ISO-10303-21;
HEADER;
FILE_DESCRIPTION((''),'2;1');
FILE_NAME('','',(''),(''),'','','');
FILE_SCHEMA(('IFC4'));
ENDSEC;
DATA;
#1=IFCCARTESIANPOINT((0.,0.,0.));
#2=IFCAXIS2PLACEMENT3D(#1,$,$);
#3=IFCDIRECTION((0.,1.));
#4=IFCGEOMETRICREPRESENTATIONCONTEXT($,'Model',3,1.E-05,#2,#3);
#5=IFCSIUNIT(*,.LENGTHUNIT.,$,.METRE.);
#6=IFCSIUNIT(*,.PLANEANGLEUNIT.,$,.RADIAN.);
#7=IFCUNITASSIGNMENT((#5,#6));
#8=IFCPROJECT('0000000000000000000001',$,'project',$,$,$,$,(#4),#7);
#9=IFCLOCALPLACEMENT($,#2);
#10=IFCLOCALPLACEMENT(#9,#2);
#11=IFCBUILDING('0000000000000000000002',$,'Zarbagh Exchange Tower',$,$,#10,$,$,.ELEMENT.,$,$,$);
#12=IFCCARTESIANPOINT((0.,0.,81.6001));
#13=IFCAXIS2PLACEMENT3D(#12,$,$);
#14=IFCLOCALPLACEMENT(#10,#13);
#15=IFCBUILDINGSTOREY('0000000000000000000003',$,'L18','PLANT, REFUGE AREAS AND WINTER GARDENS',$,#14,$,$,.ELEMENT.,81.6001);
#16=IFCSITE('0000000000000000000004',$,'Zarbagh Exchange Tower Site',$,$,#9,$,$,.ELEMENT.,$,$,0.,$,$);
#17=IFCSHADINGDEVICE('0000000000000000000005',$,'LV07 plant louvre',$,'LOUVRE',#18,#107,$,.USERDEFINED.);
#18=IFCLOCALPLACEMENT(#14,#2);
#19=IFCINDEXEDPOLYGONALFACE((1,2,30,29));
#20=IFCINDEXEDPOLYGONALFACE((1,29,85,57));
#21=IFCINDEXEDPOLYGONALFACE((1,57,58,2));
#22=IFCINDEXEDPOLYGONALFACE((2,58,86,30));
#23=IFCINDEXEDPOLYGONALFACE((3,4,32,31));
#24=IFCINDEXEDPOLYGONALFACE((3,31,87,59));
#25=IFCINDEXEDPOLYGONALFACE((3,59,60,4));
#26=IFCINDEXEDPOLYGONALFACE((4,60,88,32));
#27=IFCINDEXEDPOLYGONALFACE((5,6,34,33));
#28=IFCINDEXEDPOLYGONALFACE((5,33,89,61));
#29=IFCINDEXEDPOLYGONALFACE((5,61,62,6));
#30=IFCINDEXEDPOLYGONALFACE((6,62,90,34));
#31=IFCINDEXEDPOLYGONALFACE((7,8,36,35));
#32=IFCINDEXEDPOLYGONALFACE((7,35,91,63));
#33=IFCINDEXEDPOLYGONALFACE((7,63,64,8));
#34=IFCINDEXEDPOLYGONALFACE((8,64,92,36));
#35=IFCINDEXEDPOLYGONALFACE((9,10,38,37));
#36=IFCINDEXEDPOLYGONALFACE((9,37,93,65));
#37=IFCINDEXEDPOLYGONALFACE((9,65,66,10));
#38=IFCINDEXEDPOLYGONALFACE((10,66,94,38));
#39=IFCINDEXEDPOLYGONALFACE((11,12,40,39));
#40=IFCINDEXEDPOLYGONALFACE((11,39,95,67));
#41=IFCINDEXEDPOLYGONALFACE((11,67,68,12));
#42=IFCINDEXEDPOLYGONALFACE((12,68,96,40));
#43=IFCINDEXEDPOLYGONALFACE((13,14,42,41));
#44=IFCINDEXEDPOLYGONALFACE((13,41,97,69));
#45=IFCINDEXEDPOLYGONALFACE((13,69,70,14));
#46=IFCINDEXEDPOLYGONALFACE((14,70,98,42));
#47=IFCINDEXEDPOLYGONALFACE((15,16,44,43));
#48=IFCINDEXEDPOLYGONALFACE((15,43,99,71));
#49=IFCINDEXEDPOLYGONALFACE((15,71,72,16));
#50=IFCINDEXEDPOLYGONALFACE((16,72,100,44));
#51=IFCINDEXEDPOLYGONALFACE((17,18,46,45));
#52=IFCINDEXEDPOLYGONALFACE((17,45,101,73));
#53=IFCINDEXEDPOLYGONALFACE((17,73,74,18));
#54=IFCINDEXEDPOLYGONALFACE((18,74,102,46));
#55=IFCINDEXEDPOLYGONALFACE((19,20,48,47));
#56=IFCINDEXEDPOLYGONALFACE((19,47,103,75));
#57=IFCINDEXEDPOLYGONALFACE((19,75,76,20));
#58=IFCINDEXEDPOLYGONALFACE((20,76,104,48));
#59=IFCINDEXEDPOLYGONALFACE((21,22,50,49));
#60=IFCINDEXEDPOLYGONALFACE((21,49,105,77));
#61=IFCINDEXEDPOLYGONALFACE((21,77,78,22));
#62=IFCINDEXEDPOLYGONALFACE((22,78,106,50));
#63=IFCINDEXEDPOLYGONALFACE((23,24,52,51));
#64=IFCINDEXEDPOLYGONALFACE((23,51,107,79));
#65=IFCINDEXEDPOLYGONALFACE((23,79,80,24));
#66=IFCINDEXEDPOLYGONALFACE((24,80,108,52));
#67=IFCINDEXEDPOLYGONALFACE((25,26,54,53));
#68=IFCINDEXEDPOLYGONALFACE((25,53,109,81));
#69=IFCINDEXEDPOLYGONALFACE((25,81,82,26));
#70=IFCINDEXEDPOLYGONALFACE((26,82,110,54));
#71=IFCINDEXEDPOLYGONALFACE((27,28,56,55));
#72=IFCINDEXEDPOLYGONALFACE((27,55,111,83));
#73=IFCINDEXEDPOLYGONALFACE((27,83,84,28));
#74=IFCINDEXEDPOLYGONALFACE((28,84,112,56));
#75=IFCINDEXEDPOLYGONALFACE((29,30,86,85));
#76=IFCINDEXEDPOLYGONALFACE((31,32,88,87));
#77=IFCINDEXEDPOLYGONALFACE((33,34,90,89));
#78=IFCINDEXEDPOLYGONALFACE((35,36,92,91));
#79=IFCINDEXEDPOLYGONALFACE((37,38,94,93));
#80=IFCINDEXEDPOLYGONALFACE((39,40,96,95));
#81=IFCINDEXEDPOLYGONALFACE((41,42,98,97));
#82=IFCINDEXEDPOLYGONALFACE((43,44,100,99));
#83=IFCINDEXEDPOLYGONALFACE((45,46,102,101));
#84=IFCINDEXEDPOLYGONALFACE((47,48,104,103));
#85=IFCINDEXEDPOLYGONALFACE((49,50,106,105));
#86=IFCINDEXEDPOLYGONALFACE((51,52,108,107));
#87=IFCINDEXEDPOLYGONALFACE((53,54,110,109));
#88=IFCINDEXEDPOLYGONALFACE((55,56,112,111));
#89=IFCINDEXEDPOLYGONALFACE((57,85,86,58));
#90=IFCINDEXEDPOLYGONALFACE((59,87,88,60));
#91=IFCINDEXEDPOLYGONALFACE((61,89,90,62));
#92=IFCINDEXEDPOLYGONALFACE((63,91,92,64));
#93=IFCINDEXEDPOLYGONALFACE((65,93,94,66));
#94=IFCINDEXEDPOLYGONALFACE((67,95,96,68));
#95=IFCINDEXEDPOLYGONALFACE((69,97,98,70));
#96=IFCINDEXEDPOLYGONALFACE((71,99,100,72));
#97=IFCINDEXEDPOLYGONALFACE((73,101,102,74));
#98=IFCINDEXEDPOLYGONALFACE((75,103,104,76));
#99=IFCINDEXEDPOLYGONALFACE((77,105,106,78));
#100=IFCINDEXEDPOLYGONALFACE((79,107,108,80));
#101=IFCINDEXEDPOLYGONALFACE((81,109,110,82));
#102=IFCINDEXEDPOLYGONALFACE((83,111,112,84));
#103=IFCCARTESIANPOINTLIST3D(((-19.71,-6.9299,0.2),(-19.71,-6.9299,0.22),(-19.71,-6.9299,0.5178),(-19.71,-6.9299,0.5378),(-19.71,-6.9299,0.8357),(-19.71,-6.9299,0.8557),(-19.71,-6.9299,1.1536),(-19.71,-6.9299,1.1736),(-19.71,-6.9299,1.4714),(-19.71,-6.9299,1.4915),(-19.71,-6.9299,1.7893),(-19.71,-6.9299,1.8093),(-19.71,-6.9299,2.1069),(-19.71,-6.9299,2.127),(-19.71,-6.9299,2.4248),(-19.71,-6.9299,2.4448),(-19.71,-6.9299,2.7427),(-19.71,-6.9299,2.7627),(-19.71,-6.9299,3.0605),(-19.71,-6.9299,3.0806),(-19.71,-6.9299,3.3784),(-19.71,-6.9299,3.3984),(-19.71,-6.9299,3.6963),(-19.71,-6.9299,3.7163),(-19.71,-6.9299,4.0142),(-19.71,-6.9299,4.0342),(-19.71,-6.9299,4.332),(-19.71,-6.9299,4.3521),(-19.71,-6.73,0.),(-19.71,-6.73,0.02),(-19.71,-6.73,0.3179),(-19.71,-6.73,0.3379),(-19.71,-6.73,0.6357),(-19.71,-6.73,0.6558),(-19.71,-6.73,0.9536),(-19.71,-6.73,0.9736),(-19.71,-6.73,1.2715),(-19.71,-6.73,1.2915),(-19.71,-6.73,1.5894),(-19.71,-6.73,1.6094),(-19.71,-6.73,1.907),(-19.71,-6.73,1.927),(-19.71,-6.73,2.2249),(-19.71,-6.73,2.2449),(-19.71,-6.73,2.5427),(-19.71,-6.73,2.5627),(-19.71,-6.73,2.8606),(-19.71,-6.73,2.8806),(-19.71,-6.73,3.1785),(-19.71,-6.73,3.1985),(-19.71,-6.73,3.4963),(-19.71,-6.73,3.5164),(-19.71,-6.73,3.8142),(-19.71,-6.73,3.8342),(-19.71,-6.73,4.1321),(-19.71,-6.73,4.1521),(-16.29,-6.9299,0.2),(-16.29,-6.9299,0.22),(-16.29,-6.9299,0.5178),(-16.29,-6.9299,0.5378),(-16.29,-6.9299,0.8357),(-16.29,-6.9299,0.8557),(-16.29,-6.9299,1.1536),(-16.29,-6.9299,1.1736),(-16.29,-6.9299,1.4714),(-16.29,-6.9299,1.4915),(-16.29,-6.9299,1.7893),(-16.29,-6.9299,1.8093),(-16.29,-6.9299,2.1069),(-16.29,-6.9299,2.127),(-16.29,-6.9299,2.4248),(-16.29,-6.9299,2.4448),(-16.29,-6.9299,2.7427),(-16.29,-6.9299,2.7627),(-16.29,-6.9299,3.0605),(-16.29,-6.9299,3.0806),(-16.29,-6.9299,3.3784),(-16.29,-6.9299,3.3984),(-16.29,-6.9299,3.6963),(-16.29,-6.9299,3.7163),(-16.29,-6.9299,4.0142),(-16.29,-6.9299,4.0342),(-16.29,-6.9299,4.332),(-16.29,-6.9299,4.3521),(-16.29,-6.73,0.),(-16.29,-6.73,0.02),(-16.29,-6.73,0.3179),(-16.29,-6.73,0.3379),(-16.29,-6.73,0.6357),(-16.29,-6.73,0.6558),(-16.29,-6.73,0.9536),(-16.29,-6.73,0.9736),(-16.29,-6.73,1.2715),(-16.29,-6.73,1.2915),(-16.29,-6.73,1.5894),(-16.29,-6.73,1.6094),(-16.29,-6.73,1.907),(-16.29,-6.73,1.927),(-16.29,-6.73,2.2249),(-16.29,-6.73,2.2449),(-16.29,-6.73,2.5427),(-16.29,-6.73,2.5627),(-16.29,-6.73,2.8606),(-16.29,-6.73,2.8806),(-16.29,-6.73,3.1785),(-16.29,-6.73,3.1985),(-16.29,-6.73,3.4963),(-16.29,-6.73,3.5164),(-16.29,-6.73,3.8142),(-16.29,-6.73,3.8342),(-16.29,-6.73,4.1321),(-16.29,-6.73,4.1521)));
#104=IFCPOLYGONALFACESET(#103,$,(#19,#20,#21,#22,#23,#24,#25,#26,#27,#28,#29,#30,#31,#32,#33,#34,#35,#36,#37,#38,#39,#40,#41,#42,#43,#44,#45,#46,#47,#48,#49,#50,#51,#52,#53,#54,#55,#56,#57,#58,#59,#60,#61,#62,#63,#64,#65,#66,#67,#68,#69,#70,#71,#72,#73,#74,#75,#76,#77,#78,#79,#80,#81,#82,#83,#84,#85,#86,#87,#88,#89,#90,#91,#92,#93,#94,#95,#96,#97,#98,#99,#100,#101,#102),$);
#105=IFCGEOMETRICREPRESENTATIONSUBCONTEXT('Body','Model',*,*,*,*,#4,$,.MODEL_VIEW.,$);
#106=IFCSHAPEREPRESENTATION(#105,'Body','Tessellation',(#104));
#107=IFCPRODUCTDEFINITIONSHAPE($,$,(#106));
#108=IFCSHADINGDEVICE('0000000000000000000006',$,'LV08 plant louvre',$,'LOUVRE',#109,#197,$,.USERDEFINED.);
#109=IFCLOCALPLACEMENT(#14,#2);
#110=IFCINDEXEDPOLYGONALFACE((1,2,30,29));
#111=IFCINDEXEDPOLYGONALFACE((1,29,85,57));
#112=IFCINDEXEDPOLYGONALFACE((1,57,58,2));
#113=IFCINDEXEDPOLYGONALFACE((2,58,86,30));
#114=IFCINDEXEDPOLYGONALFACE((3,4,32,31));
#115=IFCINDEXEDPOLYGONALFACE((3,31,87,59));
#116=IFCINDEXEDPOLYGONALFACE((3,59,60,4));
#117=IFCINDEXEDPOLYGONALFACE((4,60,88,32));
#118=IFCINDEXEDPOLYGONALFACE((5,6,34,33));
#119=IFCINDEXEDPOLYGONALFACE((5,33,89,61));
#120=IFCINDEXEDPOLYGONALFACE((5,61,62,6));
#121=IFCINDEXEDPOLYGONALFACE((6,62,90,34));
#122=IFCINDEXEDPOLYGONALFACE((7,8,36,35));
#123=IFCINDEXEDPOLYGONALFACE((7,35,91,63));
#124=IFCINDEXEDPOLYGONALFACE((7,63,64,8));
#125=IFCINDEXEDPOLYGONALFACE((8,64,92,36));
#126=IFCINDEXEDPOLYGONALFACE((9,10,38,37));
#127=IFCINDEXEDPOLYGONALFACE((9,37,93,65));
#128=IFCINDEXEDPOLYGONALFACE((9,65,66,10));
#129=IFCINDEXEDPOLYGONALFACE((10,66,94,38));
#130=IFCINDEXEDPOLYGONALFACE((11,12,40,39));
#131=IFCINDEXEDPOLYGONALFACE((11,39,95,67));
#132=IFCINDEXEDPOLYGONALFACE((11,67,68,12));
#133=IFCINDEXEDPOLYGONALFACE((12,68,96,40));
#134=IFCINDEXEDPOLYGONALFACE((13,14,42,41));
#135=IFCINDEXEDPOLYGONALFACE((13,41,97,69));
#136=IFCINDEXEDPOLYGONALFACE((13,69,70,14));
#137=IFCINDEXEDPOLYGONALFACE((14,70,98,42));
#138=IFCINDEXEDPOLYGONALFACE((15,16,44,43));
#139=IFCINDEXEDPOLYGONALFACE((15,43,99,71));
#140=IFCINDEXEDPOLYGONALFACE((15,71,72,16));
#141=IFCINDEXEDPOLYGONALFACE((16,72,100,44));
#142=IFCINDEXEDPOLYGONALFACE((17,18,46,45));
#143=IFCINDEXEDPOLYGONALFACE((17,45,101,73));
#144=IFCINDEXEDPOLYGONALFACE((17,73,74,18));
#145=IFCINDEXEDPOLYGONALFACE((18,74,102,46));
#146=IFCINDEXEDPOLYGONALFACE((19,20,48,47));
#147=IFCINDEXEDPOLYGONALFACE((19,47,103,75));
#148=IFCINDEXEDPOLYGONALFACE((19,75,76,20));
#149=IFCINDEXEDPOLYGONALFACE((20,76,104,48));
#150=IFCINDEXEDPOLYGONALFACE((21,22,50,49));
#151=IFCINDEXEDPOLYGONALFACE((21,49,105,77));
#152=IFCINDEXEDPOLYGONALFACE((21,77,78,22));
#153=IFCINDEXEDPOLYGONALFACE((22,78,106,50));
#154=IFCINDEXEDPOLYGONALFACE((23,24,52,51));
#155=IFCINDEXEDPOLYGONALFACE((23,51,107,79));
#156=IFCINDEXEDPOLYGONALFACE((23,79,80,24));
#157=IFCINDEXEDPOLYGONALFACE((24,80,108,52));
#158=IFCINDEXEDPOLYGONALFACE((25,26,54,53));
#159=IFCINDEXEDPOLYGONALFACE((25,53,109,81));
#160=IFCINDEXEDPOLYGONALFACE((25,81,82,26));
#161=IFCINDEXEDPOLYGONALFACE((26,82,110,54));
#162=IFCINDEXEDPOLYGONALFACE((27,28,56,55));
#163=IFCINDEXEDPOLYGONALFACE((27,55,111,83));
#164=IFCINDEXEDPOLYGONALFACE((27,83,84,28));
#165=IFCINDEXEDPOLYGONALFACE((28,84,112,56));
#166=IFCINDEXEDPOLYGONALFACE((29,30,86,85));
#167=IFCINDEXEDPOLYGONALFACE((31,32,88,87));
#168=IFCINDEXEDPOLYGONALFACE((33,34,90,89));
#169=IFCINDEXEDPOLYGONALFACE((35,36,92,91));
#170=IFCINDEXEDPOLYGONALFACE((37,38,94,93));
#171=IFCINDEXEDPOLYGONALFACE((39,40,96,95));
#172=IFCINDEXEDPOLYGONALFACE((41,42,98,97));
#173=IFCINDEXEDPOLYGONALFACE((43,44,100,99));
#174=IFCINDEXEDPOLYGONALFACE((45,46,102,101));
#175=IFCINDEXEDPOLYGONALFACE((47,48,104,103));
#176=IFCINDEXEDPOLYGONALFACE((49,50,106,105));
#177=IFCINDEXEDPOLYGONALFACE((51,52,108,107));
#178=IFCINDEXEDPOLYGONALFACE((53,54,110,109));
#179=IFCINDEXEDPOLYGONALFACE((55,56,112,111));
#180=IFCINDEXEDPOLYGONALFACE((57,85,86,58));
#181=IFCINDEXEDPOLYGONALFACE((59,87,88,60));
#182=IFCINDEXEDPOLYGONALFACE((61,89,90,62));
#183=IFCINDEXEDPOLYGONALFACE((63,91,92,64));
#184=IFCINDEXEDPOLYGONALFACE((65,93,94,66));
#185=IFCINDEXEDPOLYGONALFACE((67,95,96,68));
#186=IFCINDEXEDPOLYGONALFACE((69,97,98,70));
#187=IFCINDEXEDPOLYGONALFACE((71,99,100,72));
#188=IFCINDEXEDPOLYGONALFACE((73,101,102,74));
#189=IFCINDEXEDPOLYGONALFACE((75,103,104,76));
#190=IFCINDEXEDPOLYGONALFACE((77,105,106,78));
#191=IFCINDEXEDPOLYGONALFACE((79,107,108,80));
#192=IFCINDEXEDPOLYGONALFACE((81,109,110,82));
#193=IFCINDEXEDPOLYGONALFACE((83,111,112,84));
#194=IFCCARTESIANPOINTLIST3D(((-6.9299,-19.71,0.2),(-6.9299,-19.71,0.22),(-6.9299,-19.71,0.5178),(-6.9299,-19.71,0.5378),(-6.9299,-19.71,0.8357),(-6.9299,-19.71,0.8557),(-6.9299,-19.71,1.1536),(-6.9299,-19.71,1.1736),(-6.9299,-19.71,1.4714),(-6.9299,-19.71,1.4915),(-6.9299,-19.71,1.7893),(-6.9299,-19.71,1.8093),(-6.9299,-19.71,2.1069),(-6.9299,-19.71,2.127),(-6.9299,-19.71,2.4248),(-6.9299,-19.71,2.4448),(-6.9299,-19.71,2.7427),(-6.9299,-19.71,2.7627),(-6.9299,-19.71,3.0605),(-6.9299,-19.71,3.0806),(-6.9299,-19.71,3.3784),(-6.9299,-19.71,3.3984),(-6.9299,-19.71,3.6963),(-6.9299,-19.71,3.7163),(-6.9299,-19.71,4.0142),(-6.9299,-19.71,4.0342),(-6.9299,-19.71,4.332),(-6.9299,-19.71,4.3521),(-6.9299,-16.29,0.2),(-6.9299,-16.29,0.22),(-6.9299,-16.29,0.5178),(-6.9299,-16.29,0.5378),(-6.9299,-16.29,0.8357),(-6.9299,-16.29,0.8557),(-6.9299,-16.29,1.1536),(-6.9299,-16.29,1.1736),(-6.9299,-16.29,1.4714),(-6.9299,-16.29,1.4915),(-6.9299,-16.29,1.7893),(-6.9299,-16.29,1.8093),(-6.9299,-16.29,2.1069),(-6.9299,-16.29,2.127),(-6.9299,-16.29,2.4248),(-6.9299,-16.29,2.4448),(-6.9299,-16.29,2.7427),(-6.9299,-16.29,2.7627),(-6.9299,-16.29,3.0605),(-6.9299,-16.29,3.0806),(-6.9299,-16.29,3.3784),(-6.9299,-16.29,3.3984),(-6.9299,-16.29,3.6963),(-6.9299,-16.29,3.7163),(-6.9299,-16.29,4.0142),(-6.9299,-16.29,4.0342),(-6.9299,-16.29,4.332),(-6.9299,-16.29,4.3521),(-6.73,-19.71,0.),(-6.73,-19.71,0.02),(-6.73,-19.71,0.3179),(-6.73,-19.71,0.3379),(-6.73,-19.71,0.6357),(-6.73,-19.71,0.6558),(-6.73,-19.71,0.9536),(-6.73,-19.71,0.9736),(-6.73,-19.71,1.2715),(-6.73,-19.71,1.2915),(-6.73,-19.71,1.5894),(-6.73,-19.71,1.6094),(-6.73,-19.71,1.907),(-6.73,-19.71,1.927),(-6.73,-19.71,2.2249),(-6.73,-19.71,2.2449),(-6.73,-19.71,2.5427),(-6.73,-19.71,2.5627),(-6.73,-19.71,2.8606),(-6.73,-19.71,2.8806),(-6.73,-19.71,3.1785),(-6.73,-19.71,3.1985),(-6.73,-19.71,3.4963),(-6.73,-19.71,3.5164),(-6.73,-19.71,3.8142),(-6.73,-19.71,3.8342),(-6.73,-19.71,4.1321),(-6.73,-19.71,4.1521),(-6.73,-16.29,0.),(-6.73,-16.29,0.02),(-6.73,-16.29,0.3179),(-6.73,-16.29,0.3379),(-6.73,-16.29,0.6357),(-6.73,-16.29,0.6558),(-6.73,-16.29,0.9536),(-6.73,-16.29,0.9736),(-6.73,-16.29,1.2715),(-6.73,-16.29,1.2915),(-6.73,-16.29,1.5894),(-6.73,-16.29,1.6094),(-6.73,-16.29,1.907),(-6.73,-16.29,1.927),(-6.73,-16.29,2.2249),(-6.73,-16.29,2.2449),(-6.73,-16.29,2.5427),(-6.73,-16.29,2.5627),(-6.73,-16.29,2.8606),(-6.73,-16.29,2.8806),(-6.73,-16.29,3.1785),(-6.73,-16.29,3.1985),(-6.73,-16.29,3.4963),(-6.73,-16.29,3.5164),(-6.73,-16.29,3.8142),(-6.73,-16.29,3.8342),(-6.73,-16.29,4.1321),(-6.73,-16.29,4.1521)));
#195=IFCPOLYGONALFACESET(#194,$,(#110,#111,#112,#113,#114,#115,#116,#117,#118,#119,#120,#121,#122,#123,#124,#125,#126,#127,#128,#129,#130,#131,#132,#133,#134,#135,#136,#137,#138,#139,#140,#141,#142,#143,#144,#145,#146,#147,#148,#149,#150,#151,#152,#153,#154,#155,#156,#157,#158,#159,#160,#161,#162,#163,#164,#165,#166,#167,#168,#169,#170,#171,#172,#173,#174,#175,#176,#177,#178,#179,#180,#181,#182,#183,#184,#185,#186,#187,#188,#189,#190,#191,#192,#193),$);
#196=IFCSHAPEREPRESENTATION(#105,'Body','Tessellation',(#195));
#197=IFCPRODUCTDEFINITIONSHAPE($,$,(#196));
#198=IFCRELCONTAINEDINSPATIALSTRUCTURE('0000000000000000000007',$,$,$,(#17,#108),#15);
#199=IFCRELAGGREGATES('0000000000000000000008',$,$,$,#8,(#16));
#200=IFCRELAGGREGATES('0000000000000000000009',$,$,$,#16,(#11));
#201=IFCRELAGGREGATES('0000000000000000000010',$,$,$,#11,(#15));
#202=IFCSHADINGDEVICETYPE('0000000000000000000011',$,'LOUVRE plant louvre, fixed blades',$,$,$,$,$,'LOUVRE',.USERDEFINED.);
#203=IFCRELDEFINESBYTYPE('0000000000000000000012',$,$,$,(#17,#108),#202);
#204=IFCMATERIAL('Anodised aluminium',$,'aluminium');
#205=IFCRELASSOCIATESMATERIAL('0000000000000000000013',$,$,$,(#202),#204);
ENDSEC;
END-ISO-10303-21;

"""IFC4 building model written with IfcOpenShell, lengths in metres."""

from ifc_helpers import new_model, si_unit, direction, frame, origin, place, context, subcontext, project, spatial, polyline, outline, extrude, source, transform, mapped, material, type_object, element, save


model = new_model("IFC4")

# Units and contexts
model_context = context("Model", 3, precision=1e-05, world=origin(), true_north=direction((0.0, 1.0)))
body_context = subcontext(model_context, "Body", "Model", "MODEL_VIEW")
ifc_project = project(units=[si_unit("LENGTHUNIT", "METRE"), si_unit("PLANEANGLEUNIT", "RADIAN")], contexts=[model_context])

# Site, building, storey
site_placement = place(None, origin())
site = spatial("IfcSite", under=ifc_project, at=site_placement, Name="Zarbagh Exchange Tower Site", CompositionType="ELEMENT", RefElevation=0.0)
building_placement = place(site_placement, origin())
building = spatial("IfcBuilding", under=site, at=building_placement, Name="Zarbagh Exchange Tower", CompositionType="ELEMENT")
storey_placement = place(building_placement, frame((0.0, 0.0, 81.6001)))
storey = spatial("IfcBuildingStorey", under=building, at=storey_placement, Name="L18", Description="PLANT, REFUGE AREAS AND WINTER GARDENS", CompositionType="ELEMENT", Elevation=81.6001)

# Shared definitions
placement = place(storey_placement, origin())

# Shading devices
ifc_material_1 = material(Name="Anodised aluminium", Category="aluminium")
shading_device_type = type_object("IfcShadingDeviceType", Name="LOUVRE plant louvre, fixed blades", ElementType="LOUVRE", PredefinedType="USERDEFINED", material=ifc_material_1)
shared_shape_1 = source(origin(), body_context, "Body", "SweptSolid", [
    extrude(outline(polyline([(0.0, 0.2), (0.2, 0.0), (0.2, -0.02), (0.0, 0.1799), (0.0, 0.2)])), origin(), (0.0, 0.0, 1.0), 3.4199),
])
element("IfcShadingDevice", 1, at=placement, inside=storey, type_object=shading_device_type, Name="LV07 plant louvre", ObjectType="LOUVRE", PredefinedType="USERDEFINED", context=body_context, shape_type="MappedRepresentation", body=[
    mapped(shared_shape_1, transform((-19.71, -6.73, 0.2), x_axis=(0.0, -1.0, 0.0), y_axis=(0.0, 0.0, -1.0), z_axis=(1.0, 0.0, 0.0))),
    mapped(shared_shape_1, transform((-19.71, -6.73, 0.5178), x_axis=(0.0, -1.0, 0.0), y_axis=(0.0, 0.0, -1.0), z_axis=(1.0, 0.0, 0.0))),
    mapped(shared_shape_1, transform((-19.71, -6.73, 0.8357), x_axis=(0.0, -1.0, 0.0), y_axis=(0.0, 0.0, -1.0), z_axis=(1.0, 0.0, 0.0))),
    mapped(shared_shape_1, transform((-19.71, -6.73, 1.1536), x_axis=(0.0, -1.0, 0.0), y_axis=(0.0, 0.0, -1.0), z_axis=(1.0, 0.0, 0.0))),
    mapped(shared_shape_1, transform((-19.71, -6.73, 1.4714), x_axis=(0.0, -1.0, 0.0), y_axis=(0.0, 0.0, -1.0), z_axis=(1.0, 0.0, 0.0))),
    mapped(shared_shape_1, transform((-19.71, -6.73, 1.7893), x_axis=(0.0, -1.0, 0.0), y_axis=(0.0, 0.0, -1.0), z_axis=(1.0, 0.0, 0.0))),
    mapped(shared_shape_1, transform((-19.71, -6.73, 2.1069), x_axis=(0.0, -1.0, 0.0), y_axis=(0.0, 0.0, -1.0), z_axis=(1.0, 0.0, 0.0))),
    mapped(shared_shape_1, transform((-19.71, -6.73, 2.4248), x_axis=(0.0, -1.0, 0.0), y_axis=(0.0, 0.0, -1.0), z_axis=(1.0, 0.0, 0.0))),
    mapped(shared_shape_1, transform((-19.71, -6.73, 2.7427), x_axis=(0.0, -1.0, 0.0), y_axis=(0.0, 0.0, -1.0), z_axis=(1.0, 0.0, 0.0))),
    mapped(shared_shape_1, transform((-19.71, -6.73, 3.0605), x_axis=(0.0, -1.0, 0.0), y_axis=(0.0, 0.0, -1.0), z_axis=(1.0, 0.0, 0.0))),
    mapped(shared_shape_1, transform((-19.71, -6.73, 3.3784), x_axis=(0.0, -1.0, 0.0), y_axis=(0.0, 0.0, -1.0), z_axis=(1.0, 0.0, 0.0))),
    mapped(shared_shape_1, transform((-19.71, -6.73, 3.6963), x_axis=(0.0, -1.0, 0.0), y_axis=(0.0, 0.0, -1.0), z_axis=(1.0, 0.0, 0.0))),
    mapped(shared_shape_1, transform((-19.71, -6.73, 4.0142), x_axis=(0.0, -1.0, 0.0), y_axis=(0.0, 0.0, -1.0), z_axis=(1.0, 0.0, 0.0))),
    mapped(shared_shape_1, transform((-19.71, -6.73, 4.332), x_axis=(0.0, -1.0, 0.0), y_axis=(0.0, 0.0, -1.0), z_axis=(1.0, 0.0, 0.0))),
])
element("IfcShadingDevice", 2, at=placement, inside=storey, type_object=shading_device_type, Name="LV08 plant louvre", ObjectType="LOUVRE", PredefinedType="USERDEFINED", context=body_context, shape_type="MappedRepresentation", body=[
    mapped(shared_shape_1, transform((-6.73, -16.29, 0.2), x_axis=(-1.0, 0.0, 0.0), y_axis=(0.0, 0.0, -1.0), z_axis=(0.0, -1.0, 0.0))),
    mapped(shared_shape_1, transform((-6.73, -16.29, 0.5178), x_axis=(-1.0, 0.0, 0.0), y_axis=(0.0, 0.0, -1.0), z_axis=(0.0, -1.0, 0.0))),
    mapped(shared_shape_1, transform((-6.73, -16.29, 0.8357), x_axis=(-1.0, 0.0, 0.0), y_axis=(0.0, 0.0, -1.0), z_axis=(0.0, -1.0, 0.0))),
    mapped(shared_shape_1, transform((-6.73, -16.29, 1.1536), x_axis=(-1.0, 0.0, 0.0), y_axis=(0.0, 0.0, -1.0), z_axis=(0.0, -1.0, 0.0))),
    mapped(shared_shape_1, transform((-6.73, -16.29, 1.4714), x_axis=(-1.0, 0.0, 0.0), y_axis=(0.0, 0.0, -1.0), z_axis=(0.0, -1.0, 0.0))),
    mapped(shared_shape_1, transform((-6.73, -16.29, 1.7893), x_axis=(-1.0, 0.0, 0.0), y_axis=(0.0, 0.0, -1.0), z_axis=(0.0, -1.0, 0.0))),
    mapped(shared_shape_1, transform((-6.73, -16.29, 2.1069), x_axis=(-1.0, 0.0, 0.0), y_axis=(0.0, 0.0, -1.0), z_axis=(0.0, -1.0, 0.0))),
    mapped(shared_shape_1, transform((-6.73, -16.29, 2.4248), x_axis=(-1.0, 0.0, 0.0), y_axis=(0.0, 0.0, -1.0), z_axis=(0.0, -1.0, 0.0))),
    mapped(shared_shape_1, transform((-6.73, -16.29, 2.7427), x_axis=(-1.0, 0.0, 0.0), y_axis=(0.0, 0.0, -1.0), z_axis=(0.0, -1.0, 0.0))),
    mapped(shared_shape_1, transform((-6.73, -16.29, 3.0605), x_axis=(-1.0, 0.0, 0.0), y_axis=(0.0, 0.0, -1.0), z_axis=(0.0, -1.0, 0.0))),
    mapped(shared_shape_1, transform((-6.73, -16.29, 3.3784), x_axis=(-1.0, 0.0, 0.0), y_axis=(0.0, 0.0, -1.0), z_axis=(0.0, -1.0, 0.0))),
    mapped(shared_shape_1, transform((-6.73, -16.29, 3.6963), x_axis=(-1.0, 0.0, 0.0), y_axis=(0.0, 0.0, -1.0), z_axis=(0.0, -1.0, 0.0))),
    mapped(shared_shape_1, transform((-6.73, -16.29, 4.0142), x_axis=(-1.0, 0.0, 0.0), y_axis=(0.0, 0.0, -1.0), z_axis=(0.0, -1.0, 0.0))),
    mapped(shared_shape_1, transform((-6.73, -16.29, 4.332), x_axis=(-1.0, 0.0, 0.0), y_axis=(0.0, 0.0, -1.0), z_axis=(0.0, -1.0, 0.0))),
])

save(model, "model.ifc")
